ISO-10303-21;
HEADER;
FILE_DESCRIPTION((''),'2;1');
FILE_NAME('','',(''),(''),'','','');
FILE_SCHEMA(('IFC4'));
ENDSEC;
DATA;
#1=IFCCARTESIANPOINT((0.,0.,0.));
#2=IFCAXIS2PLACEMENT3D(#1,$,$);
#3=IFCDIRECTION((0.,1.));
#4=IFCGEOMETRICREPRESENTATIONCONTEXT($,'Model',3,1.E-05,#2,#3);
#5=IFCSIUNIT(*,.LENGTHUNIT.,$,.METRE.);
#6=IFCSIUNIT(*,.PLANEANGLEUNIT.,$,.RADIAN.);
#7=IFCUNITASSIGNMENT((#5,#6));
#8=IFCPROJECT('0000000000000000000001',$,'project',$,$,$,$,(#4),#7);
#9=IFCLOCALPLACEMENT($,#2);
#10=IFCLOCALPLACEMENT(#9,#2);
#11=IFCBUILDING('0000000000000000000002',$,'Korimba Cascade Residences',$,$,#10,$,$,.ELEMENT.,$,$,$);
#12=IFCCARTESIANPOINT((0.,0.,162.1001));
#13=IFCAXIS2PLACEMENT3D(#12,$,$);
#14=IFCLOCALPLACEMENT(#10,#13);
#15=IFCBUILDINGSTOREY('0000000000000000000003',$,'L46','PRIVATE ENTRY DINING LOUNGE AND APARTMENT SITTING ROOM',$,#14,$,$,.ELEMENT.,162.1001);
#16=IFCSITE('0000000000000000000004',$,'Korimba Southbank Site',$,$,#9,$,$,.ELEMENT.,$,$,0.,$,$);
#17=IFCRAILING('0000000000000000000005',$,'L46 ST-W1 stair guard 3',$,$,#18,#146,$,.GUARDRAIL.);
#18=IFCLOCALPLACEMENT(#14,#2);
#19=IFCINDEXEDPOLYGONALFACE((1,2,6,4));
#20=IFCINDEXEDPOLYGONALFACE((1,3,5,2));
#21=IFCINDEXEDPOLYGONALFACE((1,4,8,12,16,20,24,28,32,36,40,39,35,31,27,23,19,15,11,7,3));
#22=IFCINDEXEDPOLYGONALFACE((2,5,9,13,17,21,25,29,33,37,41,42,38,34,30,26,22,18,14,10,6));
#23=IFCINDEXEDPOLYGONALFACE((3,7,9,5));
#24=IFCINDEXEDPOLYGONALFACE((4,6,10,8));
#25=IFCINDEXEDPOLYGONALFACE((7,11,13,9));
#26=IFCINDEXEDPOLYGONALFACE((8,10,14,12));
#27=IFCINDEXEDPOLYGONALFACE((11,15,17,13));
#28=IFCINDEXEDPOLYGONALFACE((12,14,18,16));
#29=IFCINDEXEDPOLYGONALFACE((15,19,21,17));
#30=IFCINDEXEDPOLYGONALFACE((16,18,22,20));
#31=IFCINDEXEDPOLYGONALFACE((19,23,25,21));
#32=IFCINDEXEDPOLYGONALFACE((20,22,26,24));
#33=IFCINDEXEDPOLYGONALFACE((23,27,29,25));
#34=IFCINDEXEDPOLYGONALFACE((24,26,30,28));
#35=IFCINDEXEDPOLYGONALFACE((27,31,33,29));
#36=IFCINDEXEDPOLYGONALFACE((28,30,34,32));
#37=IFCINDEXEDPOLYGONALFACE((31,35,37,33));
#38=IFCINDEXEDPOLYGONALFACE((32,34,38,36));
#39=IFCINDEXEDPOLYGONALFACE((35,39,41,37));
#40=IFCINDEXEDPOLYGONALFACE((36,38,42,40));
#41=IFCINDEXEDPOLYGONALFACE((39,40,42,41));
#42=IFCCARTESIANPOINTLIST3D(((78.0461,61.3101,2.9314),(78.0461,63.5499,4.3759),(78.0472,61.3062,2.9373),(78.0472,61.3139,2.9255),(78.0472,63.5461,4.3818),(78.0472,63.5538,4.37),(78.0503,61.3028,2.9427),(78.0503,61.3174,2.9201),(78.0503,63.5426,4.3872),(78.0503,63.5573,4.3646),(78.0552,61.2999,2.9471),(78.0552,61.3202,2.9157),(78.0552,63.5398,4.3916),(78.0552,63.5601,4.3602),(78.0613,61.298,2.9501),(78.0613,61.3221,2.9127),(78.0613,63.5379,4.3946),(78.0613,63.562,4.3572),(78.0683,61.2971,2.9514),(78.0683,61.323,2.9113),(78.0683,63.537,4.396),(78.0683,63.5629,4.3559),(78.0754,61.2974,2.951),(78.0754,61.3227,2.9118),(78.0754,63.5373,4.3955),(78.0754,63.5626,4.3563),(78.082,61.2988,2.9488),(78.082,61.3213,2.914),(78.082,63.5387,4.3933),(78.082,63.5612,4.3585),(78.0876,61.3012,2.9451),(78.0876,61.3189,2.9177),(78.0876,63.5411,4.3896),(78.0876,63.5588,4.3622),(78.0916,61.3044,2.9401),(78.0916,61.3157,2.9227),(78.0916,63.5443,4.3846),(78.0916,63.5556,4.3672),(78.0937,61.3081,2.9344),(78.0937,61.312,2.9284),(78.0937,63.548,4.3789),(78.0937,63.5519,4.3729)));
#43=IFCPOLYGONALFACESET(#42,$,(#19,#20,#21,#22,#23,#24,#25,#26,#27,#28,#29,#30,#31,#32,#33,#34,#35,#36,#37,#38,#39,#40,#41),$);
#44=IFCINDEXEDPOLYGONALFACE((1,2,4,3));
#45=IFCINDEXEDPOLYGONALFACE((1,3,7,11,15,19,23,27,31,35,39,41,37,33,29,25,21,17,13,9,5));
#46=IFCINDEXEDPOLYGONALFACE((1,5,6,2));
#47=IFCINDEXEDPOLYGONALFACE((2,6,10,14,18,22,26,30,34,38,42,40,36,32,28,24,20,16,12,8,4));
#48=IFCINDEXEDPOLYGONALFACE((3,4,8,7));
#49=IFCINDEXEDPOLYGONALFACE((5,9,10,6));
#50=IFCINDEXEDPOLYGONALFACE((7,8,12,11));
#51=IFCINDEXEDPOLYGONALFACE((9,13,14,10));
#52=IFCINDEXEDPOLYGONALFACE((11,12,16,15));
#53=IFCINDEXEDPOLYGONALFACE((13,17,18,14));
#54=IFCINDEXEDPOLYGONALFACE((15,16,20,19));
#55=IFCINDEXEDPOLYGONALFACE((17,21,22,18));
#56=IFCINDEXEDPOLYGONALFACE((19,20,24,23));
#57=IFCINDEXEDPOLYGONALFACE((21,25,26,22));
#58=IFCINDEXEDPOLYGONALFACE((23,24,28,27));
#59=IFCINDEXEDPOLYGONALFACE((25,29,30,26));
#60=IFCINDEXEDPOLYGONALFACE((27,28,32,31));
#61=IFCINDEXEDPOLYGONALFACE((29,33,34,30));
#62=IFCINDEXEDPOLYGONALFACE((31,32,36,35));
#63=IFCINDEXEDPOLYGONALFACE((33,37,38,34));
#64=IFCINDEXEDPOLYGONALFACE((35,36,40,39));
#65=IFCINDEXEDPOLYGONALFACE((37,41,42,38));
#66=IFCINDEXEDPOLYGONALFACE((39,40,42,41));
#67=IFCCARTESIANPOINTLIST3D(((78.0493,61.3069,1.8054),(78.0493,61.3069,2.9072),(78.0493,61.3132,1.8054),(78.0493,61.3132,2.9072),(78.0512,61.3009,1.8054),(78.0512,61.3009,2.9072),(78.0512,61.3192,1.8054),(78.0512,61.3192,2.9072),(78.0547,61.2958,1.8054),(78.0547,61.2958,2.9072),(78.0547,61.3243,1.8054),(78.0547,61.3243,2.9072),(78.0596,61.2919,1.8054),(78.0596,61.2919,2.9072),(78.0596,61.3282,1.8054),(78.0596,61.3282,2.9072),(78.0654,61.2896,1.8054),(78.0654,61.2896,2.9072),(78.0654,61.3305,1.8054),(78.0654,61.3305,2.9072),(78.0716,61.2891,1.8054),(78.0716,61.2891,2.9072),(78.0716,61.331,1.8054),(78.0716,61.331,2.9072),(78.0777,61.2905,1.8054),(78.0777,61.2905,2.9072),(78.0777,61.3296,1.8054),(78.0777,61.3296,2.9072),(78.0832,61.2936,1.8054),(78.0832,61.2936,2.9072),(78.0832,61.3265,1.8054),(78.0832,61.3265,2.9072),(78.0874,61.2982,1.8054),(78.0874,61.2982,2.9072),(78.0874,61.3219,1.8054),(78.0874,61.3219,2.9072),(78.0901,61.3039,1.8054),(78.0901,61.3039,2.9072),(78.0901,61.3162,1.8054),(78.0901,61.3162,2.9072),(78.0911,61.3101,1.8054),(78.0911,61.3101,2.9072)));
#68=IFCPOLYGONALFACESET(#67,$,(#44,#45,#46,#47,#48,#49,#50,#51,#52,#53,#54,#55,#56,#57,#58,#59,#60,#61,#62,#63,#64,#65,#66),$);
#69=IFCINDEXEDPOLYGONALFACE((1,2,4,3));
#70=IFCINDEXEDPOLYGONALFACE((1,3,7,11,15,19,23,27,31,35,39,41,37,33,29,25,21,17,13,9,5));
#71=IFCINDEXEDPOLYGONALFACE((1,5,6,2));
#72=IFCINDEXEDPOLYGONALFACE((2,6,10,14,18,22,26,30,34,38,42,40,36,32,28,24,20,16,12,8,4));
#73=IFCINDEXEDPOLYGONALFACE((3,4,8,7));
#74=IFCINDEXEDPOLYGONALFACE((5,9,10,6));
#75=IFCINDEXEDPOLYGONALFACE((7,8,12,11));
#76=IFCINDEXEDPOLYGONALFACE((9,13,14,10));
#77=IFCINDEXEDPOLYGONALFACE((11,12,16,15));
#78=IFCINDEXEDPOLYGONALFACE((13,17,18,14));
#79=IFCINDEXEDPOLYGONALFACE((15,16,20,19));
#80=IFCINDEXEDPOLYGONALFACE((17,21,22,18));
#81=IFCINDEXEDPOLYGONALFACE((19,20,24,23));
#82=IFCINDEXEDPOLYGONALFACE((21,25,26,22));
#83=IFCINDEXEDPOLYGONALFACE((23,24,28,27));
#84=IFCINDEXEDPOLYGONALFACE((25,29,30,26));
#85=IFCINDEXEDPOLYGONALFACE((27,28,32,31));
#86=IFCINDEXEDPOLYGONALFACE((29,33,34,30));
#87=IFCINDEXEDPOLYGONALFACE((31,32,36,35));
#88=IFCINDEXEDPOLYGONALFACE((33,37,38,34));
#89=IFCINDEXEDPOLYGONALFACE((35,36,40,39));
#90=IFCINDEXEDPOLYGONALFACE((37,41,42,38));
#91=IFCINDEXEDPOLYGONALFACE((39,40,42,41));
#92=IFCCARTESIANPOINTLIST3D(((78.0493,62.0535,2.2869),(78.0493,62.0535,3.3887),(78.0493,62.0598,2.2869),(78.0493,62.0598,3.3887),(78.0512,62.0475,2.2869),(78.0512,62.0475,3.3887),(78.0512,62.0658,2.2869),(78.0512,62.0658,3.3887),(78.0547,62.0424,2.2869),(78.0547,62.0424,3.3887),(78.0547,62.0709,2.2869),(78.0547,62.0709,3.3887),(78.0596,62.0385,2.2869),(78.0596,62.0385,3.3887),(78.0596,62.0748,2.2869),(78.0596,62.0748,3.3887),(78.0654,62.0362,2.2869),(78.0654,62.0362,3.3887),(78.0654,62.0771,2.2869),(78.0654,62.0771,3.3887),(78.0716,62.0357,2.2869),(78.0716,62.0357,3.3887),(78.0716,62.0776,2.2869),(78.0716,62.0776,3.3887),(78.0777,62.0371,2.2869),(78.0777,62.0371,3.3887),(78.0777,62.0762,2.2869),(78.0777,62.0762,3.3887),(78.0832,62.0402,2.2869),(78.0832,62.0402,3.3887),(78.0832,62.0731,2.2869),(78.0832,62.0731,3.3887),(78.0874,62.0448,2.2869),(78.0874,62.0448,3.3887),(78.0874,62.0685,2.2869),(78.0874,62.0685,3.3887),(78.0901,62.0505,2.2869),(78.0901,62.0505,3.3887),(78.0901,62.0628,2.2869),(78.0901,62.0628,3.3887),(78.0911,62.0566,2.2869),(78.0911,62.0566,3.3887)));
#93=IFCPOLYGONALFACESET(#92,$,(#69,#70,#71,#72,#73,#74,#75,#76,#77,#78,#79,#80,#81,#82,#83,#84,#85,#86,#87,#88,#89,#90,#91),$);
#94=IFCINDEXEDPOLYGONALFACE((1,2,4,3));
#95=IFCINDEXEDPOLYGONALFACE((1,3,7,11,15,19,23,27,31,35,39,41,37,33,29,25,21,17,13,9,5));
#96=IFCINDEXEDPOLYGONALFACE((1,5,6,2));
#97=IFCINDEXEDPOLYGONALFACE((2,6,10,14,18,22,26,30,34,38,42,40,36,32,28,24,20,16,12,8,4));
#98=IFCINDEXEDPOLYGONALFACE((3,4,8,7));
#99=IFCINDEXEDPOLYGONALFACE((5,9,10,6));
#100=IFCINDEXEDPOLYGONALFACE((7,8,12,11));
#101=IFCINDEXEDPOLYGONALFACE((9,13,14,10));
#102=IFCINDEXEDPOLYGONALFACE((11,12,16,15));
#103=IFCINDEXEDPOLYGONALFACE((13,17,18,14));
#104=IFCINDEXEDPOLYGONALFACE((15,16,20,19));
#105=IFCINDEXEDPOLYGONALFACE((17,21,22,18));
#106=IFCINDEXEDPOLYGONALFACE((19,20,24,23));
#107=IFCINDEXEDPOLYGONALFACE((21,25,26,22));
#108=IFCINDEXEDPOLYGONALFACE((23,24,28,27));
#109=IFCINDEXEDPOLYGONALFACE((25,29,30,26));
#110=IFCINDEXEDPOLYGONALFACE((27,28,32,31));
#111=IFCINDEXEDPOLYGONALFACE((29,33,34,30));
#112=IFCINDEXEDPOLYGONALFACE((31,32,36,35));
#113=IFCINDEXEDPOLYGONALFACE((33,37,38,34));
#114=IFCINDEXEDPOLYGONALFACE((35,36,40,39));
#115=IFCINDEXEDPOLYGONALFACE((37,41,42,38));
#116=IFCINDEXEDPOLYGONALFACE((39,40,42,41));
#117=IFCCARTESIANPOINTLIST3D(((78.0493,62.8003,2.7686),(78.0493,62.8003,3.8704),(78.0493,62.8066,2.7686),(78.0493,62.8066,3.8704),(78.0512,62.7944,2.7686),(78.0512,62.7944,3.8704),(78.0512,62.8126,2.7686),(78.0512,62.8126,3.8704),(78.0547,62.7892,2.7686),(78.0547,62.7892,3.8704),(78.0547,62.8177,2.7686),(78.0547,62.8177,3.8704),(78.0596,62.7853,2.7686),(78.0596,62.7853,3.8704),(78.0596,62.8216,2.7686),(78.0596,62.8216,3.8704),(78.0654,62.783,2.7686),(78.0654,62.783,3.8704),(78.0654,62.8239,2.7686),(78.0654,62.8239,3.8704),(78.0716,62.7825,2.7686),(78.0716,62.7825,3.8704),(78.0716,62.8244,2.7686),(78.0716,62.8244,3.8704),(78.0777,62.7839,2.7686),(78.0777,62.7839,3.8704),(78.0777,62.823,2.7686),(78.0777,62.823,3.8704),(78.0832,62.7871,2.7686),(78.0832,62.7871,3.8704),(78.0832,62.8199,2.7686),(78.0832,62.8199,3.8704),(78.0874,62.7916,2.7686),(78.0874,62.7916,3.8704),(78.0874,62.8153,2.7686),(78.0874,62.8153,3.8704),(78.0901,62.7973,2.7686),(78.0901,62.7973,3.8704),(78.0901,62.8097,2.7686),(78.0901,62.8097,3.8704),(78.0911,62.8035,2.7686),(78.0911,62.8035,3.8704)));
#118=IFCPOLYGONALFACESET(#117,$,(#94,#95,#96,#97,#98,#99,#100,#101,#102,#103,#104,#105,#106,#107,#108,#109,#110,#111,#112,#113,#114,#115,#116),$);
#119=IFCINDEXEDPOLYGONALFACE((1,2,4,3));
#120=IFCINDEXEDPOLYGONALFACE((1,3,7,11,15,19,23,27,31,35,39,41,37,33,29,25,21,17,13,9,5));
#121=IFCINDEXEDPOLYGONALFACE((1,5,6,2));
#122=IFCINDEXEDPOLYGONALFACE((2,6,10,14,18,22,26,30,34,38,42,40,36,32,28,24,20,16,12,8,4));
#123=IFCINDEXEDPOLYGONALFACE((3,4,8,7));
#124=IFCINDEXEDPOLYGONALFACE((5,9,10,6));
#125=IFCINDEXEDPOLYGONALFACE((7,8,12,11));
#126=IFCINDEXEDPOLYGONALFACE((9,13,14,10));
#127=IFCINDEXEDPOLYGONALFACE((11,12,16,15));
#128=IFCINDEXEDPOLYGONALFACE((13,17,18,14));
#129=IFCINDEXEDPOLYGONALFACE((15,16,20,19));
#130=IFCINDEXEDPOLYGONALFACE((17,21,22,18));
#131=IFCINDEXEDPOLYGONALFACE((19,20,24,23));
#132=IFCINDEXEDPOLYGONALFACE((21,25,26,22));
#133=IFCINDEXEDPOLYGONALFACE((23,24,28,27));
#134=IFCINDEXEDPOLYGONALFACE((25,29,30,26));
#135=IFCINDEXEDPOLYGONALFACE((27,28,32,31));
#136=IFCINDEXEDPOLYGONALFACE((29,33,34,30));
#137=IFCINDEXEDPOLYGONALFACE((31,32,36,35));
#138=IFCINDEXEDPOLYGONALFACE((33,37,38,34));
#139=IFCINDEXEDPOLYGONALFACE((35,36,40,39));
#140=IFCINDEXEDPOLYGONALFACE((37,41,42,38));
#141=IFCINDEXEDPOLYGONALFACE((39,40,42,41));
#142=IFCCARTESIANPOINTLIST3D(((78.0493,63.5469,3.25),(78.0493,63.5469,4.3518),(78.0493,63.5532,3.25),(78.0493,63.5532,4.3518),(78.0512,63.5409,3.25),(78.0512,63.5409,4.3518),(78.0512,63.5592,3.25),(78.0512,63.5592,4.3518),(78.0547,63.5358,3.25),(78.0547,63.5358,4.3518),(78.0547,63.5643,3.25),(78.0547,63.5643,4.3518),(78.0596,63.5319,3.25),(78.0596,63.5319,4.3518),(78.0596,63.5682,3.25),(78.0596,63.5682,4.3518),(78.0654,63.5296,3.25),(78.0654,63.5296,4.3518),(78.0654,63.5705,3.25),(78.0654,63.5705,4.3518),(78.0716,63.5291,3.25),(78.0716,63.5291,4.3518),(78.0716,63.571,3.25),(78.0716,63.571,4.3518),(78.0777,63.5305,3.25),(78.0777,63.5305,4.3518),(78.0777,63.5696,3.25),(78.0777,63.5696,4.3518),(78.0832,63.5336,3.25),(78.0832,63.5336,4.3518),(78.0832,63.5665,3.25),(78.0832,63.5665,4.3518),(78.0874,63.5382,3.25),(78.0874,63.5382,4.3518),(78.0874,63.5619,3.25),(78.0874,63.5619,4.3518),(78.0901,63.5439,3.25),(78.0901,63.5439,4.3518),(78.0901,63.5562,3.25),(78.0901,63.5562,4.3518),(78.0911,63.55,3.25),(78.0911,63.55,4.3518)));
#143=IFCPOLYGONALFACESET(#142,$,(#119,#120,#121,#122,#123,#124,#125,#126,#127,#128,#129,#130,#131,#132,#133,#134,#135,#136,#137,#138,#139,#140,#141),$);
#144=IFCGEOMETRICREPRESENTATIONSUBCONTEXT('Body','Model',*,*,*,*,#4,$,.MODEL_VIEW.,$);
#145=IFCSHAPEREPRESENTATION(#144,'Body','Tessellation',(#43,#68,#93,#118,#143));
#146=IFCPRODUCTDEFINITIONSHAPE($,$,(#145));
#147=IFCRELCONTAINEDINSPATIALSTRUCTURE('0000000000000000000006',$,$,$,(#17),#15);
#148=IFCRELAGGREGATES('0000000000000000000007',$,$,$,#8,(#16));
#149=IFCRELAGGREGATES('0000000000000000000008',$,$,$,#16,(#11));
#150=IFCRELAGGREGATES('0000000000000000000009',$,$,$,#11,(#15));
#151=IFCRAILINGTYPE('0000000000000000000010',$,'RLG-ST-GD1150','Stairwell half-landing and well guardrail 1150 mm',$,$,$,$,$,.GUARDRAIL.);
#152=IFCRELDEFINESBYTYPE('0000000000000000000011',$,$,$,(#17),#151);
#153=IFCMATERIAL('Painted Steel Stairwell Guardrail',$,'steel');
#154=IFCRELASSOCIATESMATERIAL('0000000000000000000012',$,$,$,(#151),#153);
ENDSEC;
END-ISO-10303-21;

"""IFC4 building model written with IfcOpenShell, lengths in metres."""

from ifc_helpers import new_model, si_unit, direction, frame, origin, origin_2d, place, context, subcontext, project, spatial, circle, extrude, material, type_object, element, save


model = new_model("IFC4")

# Units and contexts
model_context = context("Model", 3, precision=1e-05, world=origin(), true_north=direction((0.0, 1.0)))
body_context = subcontext(model_context, "Body", "Model", "MODEL_VIEW")
ifc_project = project(units=[si_unit("LENGTHUNIT", "METRE"), si_unit("PLANEANGLEUNIT", "RADIAN")], contexts=[model_context])

# Site, building, storey
site_placement = place(None, origin())
site = spatial("IfcSite", under=ifc_project, at=site_placement, Name="Korimba Southbank Site", CompositionType="ELEMENT", RefElevation=0.0)
building_placement = place(site_placement, origin())
building = spatial("IfcBuilding", under=site, at=building_placement, Name="Korimba Cascade Residences", CompositionType="ELEMENT")
storey_placement = place(building_placement, frame((0.0, 0.0, 162.1001)))
storey = spatial("IfcBuildingStorey", under=building, at=storey_placement, Name="L46", Description="PRIVATE ENTRY DINING LOUNGE AND APARTMENT SITTING ROOM", CompositionType="ELEMENT", Elevation=162.1001)

# Railing
ifc_material_1 = material(Name="Painted Steel Stairwell Guardrail", Category="steel")
railing_type_1 = type_object("IfcRailingType", Name="RLG-ST-GD1150", Description="Stairwell half-landing and well guardrail 1150 mm", PredefinedType="GUARDRAIL", material=ifc_material_1)
railing_1_placement = place(storey_placement, frame((78.0701, 61.3101, 1.8054)))
element("IfcRailing", 1, at=railing_1_placement, inside=storey, type_object=railing_type_1, Name="L46 ST-W1 stair guard 3", PredefinedType="GUARDRAIL", context=body_context, shape_type="SweptSolid", body=[
    extrude(circle(Radius=0.0239, at=origin_2d()), frame((0.0, 0.0, 1.126), z_axis=(0.0, 0.840395, 0.541975), x_axis=(-1.0, 0.0, 0.0)), (0.0, 0.0, 1.0), 2.6653),
    extrude(circle(Radius=0.021, at=origin_2d()), origin(), (0.0, 0.0, 1.0), 1.1018),
    extrude(circle(Radius=0.021, at=origin_2d()), frame((0.0, 0.7466, 0.4814)), (0.0, 0.0, 1.0), 1.1018),
    extrude(circle(Radius=0.021, at=origin_2d()), frame((0.0, 1.4934, 0.9631)), (0.0, 0.0, 1.0), 1.1018),
    extrude(circle(Radius=0.021, at=origin_2d()), frame((0.0, 2.24, 1.4446)), (0.0, 0.0, 1.0), 1.1018),
])

save(model, "model.ifc")
